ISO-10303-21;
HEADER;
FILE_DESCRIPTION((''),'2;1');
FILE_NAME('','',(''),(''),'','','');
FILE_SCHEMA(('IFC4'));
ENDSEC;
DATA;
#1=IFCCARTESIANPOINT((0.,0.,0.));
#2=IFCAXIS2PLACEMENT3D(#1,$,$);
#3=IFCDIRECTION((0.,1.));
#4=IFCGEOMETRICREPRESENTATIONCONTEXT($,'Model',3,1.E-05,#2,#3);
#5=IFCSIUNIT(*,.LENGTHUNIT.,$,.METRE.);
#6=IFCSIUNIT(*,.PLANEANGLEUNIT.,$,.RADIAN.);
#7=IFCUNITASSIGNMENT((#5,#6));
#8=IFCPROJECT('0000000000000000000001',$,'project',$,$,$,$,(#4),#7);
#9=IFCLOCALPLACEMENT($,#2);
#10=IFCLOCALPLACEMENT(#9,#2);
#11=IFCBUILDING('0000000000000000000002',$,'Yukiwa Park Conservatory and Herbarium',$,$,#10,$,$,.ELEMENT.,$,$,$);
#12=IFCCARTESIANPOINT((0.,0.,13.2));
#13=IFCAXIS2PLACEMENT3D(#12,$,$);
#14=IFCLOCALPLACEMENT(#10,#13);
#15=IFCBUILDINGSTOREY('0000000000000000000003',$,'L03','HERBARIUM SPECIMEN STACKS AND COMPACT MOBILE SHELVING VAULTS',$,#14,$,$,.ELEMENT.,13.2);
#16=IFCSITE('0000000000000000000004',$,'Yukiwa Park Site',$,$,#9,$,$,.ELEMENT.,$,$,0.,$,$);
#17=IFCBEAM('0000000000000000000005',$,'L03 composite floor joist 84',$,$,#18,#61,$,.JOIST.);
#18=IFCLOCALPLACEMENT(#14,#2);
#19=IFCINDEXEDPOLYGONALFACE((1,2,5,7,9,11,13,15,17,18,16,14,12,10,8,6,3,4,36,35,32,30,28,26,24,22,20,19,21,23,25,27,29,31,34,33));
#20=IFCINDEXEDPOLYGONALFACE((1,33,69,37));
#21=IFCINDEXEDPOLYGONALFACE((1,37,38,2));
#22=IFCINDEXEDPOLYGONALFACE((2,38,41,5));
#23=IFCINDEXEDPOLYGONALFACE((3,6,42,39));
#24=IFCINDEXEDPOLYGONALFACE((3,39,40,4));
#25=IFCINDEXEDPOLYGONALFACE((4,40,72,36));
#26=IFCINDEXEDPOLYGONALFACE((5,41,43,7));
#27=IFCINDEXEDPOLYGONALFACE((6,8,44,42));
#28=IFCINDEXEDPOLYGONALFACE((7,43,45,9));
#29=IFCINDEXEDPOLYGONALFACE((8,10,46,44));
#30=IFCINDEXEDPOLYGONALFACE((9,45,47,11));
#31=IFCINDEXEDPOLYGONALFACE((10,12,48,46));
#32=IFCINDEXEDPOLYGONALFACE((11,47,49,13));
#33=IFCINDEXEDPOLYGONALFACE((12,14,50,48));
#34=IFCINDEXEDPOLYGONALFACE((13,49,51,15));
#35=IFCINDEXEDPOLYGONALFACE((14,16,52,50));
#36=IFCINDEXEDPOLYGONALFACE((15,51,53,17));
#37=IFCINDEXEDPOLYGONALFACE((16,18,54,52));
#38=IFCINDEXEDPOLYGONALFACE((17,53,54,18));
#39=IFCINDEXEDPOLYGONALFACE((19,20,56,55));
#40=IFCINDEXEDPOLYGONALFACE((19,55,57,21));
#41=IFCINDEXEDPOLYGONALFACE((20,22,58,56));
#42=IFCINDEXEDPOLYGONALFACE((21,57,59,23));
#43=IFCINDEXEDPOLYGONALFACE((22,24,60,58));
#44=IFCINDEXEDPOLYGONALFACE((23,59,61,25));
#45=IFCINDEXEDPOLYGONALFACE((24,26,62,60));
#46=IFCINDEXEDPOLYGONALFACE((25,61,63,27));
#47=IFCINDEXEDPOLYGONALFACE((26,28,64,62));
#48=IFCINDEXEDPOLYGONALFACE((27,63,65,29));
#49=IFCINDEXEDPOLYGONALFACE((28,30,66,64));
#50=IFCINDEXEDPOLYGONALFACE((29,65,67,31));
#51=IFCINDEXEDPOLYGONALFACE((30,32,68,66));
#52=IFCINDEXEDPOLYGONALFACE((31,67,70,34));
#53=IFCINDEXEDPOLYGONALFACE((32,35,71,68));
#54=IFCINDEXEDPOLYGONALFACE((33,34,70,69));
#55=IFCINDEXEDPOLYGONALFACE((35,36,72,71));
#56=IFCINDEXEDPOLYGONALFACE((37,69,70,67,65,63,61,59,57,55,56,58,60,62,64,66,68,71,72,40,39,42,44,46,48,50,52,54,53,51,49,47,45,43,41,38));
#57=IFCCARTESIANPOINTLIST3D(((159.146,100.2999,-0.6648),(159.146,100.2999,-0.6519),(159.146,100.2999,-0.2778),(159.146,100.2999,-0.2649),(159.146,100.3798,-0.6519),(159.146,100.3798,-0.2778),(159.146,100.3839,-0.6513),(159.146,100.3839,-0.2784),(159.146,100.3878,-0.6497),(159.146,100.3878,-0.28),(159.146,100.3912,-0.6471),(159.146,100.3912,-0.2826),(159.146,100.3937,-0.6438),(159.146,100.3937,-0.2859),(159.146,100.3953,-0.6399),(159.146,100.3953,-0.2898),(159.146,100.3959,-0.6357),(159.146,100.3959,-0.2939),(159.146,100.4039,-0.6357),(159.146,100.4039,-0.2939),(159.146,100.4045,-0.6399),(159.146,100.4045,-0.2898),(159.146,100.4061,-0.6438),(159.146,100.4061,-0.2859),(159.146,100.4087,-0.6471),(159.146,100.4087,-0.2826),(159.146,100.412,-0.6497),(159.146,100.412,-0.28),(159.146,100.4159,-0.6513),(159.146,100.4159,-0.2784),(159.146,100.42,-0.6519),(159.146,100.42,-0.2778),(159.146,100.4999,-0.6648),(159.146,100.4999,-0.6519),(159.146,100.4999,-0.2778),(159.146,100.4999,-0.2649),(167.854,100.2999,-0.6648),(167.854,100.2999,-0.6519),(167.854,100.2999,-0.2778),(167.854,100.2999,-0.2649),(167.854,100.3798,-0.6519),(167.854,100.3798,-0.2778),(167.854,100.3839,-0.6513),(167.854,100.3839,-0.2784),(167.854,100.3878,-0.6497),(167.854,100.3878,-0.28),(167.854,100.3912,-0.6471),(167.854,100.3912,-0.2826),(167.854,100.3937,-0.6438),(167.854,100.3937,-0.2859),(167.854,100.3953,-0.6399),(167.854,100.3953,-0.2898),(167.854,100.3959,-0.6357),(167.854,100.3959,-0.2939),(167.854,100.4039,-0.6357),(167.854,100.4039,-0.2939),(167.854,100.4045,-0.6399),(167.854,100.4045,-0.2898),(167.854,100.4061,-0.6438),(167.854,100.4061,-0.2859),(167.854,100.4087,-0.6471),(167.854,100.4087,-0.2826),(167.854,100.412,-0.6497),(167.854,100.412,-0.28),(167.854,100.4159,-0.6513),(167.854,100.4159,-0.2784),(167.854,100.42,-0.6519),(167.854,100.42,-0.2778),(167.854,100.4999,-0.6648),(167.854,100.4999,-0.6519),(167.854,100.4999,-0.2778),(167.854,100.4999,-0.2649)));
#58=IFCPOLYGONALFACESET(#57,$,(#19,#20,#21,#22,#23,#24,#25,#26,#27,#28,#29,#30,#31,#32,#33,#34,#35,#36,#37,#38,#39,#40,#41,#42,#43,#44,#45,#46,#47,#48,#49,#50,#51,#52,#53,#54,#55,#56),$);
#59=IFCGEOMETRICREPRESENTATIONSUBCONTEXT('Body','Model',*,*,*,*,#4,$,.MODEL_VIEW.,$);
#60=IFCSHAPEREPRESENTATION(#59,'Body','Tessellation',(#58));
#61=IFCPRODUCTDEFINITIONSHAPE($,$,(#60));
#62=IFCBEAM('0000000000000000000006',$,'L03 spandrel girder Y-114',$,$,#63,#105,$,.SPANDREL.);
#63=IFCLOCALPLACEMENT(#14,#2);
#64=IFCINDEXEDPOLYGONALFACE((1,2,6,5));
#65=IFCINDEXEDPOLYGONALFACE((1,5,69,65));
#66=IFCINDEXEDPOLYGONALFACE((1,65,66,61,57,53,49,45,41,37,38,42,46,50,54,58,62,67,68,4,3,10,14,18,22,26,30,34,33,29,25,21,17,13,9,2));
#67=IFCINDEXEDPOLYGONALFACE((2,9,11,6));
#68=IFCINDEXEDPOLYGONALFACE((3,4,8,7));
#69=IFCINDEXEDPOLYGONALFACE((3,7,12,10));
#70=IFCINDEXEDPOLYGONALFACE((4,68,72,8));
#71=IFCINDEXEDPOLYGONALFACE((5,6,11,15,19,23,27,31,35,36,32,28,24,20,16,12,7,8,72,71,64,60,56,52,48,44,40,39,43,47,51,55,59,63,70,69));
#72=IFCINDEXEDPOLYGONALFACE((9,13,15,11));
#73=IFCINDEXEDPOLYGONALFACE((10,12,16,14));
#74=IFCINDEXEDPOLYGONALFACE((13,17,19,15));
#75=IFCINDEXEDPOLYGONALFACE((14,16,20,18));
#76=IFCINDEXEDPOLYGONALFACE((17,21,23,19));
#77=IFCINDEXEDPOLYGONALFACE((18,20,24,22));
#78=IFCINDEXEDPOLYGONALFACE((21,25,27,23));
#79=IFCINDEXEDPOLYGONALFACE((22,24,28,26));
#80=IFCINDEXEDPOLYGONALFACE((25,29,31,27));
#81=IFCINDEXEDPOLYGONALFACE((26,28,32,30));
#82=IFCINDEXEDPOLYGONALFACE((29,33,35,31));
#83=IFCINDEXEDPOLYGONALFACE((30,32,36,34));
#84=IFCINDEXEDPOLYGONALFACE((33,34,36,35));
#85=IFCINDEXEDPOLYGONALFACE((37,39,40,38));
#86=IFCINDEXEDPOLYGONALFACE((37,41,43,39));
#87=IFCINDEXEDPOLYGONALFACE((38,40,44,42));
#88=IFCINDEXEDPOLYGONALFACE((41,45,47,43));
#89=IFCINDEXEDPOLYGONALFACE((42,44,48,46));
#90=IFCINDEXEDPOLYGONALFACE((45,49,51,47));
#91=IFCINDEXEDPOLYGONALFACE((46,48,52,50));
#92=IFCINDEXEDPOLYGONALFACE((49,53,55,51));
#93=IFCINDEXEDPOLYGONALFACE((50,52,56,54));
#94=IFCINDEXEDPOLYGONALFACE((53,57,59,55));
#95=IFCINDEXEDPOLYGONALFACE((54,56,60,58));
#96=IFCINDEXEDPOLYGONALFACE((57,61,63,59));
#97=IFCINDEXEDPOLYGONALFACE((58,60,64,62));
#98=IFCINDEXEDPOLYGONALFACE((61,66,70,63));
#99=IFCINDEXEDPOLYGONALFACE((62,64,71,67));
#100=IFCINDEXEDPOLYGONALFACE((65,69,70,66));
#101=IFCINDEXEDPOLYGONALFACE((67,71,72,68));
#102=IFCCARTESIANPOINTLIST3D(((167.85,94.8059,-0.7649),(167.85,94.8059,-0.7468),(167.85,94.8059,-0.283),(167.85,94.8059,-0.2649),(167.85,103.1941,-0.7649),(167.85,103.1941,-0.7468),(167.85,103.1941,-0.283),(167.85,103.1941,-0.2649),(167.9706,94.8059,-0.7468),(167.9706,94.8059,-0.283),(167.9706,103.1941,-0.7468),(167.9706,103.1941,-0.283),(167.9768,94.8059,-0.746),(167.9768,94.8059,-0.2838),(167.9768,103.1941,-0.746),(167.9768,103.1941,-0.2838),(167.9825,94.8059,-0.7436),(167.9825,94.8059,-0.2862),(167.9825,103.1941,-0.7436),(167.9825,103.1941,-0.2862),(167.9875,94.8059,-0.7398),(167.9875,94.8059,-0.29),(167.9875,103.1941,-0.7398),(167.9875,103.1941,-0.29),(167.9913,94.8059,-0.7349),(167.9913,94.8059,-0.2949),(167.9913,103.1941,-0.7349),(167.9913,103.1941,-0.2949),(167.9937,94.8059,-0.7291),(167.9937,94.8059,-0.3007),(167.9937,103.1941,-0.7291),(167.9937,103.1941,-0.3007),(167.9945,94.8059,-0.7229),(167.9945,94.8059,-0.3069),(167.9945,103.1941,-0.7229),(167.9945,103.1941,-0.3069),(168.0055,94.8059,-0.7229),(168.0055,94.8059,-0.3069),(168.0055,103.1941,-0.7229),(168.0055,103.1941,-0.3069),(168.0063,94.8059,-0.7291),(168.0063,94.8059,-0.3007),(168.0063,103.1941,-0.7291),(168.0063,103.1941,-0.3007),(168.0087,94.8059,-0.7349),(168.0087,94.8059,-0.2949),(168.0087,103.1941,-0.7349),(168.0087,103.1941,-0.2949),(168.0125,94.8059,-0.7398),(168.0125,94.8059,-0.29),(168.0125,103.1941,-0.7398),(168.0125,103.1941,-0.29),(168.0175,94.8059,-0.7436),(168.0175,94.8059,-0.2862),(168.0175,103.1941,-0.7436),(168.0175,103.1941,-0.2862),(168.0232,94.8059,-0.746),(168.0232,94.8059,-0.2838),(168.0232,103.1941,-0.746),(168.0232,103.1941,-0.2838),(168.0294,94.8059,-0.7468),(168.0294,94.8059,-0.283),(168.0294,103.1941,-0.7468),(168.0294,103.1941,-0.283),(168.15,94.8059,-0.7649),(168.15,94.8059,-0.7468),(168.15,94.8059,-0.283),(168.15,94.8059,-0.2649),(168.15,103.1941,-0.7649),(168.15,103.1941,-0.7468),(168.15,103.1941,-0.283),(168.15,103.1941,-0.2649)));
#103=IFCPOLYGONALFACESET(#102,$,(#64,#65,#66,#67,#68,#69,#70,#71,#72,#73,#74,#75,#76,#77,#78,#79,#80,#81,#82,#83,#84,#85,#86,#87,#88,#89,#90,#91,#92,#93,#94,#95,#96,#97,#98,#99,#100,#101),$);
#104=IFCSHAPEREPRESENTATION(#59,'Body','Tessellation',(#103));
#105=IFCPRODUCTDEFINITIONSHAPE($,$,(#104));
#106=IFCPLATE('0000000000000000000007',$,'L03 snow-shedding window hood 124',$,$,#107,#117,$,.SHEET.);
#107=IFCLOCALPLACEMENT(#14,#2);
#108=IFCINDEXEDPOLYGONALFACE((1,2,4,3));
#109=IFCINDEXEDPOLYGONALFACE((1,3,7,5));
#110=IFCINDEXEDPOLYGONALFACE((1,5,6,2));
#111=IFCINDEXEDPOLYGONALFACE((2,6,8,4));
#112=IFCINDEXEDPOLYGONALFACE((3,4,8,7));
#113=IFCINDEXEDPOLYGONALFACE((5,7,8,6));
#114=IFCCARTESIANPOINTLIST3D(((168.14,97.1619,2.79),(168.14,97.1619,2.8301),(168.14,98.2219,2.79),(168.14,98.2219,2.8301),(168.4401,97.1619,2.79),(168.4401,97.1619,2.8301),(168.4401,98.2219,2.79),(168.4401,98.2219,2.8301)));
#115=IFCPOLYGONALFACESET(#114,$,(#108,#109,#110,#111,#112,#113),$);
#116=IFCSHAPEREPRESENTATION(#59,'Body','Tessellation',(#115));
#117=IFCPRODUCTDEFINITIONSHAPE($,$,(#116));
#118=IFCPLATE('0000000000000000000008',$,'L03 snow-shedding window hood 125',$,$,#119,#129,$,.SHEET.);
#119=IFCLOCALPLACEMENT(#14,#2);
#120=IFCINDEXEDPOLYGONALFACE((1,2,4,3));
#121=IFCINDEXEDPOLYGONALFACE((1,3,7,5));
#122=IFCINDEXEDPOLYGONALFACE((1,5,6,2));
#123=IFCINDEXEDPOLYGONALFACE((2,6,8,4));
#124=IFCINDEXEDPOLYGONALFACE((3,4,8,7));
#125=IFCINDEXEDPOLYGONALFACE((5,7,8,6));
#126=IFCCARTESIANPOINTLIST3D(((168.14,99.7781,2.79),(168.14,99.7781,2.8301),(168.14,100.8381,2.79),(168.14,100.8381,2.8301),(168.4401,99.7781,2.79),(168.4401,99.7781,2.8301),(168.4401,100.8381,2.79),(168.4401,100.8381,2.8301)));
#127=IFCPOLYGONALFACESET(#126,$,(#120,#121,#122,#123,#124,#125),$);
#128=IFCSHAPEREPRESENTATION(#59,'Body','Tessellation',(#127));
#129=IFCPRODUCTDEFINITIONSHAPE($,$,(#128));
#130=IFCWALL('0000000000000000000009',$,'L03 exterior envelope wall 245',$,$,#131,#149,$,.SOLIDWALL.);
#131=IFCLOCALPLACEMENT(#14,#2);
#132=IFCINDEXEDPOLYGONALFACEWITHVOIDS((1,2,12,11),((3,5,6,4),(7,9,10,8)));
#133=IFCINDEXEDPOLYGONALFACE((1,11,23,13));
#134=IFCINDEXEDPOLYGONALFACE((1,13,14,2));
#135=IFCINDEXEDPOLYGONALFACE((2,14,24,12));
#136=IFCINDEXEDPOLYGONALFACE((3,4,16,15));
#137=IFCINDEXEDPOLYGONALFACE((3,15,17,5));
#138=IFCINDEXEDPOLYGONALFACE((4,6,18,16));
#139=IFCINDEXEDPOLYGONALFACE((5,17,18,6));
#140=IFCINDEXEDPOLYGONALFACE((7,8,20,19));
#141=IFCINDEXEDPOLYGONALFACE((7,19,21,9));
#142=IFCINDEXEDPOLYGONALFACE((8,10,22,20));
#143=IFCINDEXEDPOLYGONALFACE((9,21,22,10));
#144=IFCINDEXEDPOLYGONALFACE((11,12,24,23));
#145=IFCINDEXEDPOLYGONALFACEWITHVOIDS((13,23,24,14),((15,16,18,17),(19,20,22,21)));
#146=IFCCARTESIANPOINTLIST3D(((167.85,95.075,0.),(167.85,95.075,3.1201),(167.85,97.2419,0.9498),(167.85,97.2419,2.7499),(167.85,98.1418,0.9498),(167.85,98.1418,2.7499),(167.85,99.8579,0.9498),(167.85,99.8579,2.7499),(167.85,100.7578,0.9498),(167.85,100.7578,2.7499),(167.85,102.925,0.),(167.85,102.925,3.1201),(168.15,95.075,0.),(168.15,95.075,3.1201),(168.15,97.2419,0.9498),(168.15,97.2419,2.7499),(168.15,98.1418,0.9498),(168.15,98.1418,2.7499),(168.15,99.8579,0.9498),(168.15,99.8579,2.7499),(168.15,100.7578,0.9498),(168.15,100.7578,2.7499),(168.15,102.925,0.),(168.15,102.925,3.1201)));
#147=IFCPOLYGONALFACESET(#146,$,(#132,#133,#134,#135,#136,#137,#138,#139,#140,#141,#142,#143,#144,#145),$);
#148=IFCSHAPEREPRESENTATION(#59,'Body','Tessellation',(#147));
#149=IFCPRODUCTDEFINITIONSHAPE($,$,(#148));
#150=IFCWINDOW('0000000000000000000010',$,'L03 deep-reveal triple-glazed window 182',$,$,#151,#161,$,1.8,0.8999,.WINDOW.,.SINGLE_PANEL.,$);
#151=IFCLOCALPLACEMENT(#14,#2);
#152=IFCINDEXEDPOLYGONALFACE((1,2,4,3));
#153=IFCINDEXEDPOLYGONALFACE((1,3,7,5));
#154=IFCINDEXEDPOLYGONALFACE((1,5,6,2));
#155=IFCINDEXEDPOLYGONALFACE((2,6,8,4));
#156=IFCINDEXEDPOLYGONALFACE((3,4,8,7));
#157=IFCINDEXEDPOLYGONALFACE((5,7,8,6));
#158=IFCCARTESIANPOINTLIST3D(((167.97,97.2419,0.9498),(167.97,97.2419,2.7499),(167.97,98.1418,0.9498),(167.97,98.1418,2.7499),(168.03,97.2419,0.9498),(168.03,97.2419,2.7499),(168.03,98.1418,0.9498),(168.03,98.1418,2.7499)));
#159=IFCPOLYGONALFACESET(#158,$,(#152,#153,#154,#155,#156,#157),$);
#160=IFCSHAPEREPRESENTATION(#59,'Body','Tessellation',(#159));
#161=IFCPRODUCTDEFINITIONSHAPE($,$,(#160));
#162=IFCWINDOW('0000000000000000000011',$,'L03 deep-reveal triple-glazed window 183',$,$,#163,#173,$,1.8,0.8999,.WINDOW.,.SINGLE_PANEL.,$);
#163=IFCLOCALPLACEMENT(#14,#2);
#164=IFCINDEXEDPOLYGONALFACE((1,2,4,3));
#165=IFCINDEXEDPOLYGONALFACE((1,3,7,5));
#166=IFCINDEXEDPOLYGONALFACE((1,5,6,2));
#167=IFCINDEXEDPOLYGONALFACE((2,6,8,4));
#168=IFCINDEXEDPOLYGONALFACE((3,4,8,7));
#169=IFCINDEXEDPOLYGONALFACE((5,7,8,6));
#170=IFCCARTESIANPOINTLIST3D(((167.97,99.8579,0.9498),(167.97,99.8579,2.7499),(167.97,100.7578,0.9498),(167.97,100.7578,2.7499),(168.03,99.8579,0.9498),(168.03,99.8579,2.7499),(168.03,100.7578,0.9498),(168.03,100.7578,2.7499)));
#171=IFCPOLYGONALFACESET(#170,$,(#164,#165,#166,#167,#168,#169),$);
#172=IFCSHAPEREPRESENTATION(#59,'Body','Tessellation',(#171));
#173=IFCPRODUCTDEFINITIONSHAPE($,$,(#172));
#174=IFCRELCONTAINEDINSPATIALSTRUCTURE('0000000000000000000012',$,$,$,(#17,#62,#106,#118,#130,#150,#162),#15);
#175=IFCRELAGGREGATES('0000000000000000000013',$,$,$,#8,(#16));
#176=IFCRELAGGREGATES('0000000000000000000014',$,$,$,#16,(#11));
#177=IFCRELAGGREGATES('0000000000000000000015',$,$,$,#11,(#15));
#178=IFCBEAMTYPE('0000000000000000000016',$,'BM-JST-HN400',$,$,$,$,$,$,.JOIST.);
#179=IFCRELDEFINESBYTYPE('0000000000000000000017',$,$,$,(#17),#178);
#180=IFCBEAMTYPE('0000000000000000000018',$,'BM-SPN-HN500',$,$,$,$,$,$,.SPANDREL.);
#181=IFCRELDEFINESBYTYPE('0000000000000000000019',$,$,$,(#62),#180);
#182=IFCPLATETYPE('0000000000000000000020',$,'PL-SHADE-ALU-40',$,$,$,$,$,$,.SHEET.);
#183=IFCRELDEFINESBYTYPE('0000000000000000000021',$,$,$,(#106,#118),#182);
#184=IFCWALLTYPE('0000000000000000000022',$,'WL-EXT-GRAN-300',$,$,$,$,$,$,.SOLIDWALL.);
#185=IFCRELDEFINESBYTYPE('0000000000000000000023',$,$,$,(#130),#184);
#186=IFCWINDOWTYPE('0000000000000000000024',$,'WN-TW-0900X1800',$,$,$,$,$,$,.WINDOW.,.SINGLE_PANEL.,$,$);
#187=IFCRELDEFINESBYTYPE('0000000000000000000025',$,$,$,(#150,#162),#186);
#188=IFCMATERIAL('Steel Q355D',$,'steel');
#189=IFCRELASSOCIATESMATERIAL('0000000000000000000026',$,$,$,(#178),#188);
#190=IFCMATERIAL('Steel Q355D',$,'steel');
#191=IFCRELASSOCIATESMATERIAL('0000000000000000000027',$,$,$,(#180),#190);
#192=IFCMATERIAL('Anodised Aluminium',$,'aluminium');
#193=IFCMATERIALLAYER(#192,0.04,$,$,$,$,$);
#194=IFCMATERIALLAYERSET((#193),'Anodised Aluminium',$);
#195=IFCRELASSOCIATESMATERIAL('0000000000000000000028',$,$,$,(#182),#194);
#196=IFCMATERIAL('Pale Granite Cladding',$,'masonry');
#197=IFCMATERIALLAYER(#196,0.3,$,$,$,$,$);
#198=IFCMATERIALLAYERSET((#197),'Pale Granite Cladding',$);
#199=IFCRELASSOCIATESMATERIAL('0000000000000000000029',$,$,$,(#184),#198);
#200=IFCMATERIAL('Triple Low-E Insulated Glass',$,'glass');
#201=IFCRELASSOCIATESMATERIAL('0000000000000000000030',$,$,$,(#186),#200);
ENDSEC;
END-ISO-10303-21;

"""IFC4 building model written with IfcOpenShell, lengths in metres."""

from ifc_helpers import new_model, si_unit, direction, frame, frame_2d, origin, origin_2d, place, context, subcontext, project, spatial, rectangle, i_section, extrude, material, layer, layer_set, material_profile, profile_set, type_object, element, fill, save


model = new_model("IFC4")

# Units and contexts
model_context = context("Model", 3, precision=1e-05, world=origin(), true_north=direction((0.0, 1.0)))
body_context = subcontext(model_context, "Body", "Model", "MODEL_VIEW")
ifc_project = project(units=[si_unit("LENGTHUNIT", "METRE"), si_unit("PLANEANGLEUNIT", "RADIAN")], contexts=[model_context])

# Site, building, storey
site_placement = place(None, origin())
site = spatial("IfcSite", under=ifc_project, at=site_placement, Name="Yukiwa Park Site", CompositionType="ELEMENT", RefElevation=0.0)
building_placement = place(site_placement, origin())
building = spatial("IfcBuilding", under=site, at=building_placement, Name="Yukiwa Park Conservatory and Herbarium", CompositionType="ELEMENT")
storey_placement = place(building_placement, frame((0.0, 0.0, 13.2)))
storey = spatial("IfcBuildingStorey", under=building, at=storey_placement, Name="L03", Description="HERBARIUM SPECIMEN STACKS AND COMPACT MOBILE SHELVING VAULTS", CompositionType="ELEMENT", Elevation=13.2)

# Beams
ifc_material_1 = material(Name="Steel Q355D", Category="steel")
ifc_material_profile_1 = material_profile(ifc_material_1, i_section(OverallWidth=0.2, OverallDepth=0.3999, WebThickness=0.0081, FlangeThickness=0.0129, FilletRadius=0.0161, at=origin_2d()), Name="HN 400x200x8x13")
ifc_profile_set_1 = profile_set([ifc_material_profile_1], Name="Steel Q355D")
beam_type_1 = type_object("IfcBeamType", Name="BM-JST-HN400", PredefinedType="JOIST", material=ifc_profile_set_1)
for number, where, z_axis, x_axis, name in (
    (1, (159.146, 100.3999, -0.4648), (1.0, 0.0, 0.0), (0.0, 1.0, 0.0), "L03 composite floor joist 84"),
):
    element("IfcBeam", number, at=place(storey_placement, frame(where, z_axis=z_axis, x_axis=x_axis)), inside=storey, type_object=beam_type_1, Name=name, PredefinedType="JOIST", context=body_context, shape_type="SweptSolid", body=[
        extrude(i_section(OverallWidth=0.2, OverallDepth=0.3999, WebThickness=0.0081, FlangeThickness=0.0129, FilletRadius=0.0161, at=origin_2d()), origin(), (0.0, 0.0, 1.0), 8.708),
    ])
ifc_material_2 = material(Name="Steel Q355D", Category="steel")
ifc_material_profile_2 = material_profile(ifc_material_2, i_section(OverallWidth=0.3, OverallDepth=0.5, WebThickness=0.011, FlangeThickness=0.0181, FilletRadius=0.0239, at=origin_2d()), Name="HM 500x300x11x18")
ifc_profile_set_2 = profile_set([ifc_material_profile_2], Name="Steel Q355D")
beam_type_2 = type_object("IfcBeamType", Name="BM-SPN-HN500", PredefinedType="SPANDREL", material=ifc_profile_set_2)
beam_1_placement = place(storey_placement, frame((168.0, 94.8059, -0.5149), z_axis=(0.0, 1.0, 0.0), x_axis=(-1.0, 0.0, 0.0)))
element("IfcBeam", 2, at=beam_1_placement, inside=storey, type_object=beam_type_2, Name="L03 spandrel girder Y-114", PredefinedType="SPANDREL", context=body_context, shape_type="SweptSolid", body=[
    extrude(i_section(OverallWidth=0.3, OverallDepth=0.5, WebThickness=0.011, FlangeThickness=0.0181, FilletRadius=0.0239, at=origin_2d()), origin(), (0.0, 0.0, 1.0), 8.3882),
])

# Plates
ifc_material_3 = material(Name="Anodised Aluminium", Category="aluminium")
ifc_layer_1 = layer(ifc_material_3, 0.04)
ifc_layer_set_1 = layer_set([ifc_layer_1], Name="Anodised Aluminium")
plate_type = type_object("IfcPlateType", Name="PL-SHADE-ALU-40", PredefinedType="SHEET", material=ifc_layer_set_1)
for number, where, z_axis, x_axis, name in (
    (3, (168.29, 97.6919, 2.79), (0.0, 0.0, 1.0), (0.0, 1.0, 0.0), "L03 snow-shedding window hood 124"),
    (4, (168.29, 100.3081, 2.79), (0.0, 0.0, 1.0), (0.0, 1.0, 0.0), "L03 snow-shedding window hood 125"),
):
    element("IfcPlate", number, at=place(storey_placement, frame(where, z_axis=z_axis, x_axis=x_axis)), inside=storey, type_object=plate_type, Name=name, PredefinedType="SHEET", context=body_context, shape_type="SweptSolid", body=[
        extrude(rectangle(XDim=1.0601, YDim=0.3, at=origin_2d()), origin(), (0.0, 0.0, 1.0), 0.04),
    ])

# Wall, openings, windows
ifc_material_4 = material(Name="Pale Granite Cladding", Category="masonry")
ifc_layer_2 = layer(ifc_material_4, 0.3)
ifc_layer_set_2 = layer_set([ifc_layer_2], Name="Pale Granite Cladding")
wall_type_1 = type_object("IfcWallType", Name="WL-EXT-GRAN-300", PredefinedType="SOLIDWALL", material=ifc_layer_set_2)
wall_1_placement = place(storey_placement, frame((168.0, 95.075, 0.0), z_axis=(0.0, 0.0, 1.0), x_axis=(0.0, 1.0, 0.0)))
wall_1 = element("IfcWall", 5, at=wall_1_placement, inside=storey, type_object=wall_type_1, Name="L03 exterior envelope wall 245", PredefinedType="SOLIDWALL", context=body_context, shape_type="SweptSolid", body=[
    extrude(rectangle(XDim=7.8501, YDim=0.3, at=frame_2d((3.925, 0.0))), origin(), (0.0, 0.0, 1.0), 3.1201),
])
opening_1_placement = place(wall_1_placement, frame((2.167, 0.0, 0.95)))
opening_1 = element("IfcOpeningElement", 6, at=opening_1_placement, cuts=wall_1, PredefinedType="OPENING", context=body_context, shape_type="SweptSolid", body=[
    extrude(rectangle(XDim=0.8999, YDim=1.8, at=frame_2d((0.45, 0.8999))), frame((0.0, 0.1602, 0.0), z_axis=(0.0, -1.0, 0.0), x_axis=(1.0, 0.0, 0.0)), (0.0, 0.0, 1.0), 0.3201),
])
opening_2_placement = place(wall_1_placement, frame((4.783, 0.0, 0.95)))
opening_2 = element("IfcOpeningElement", 7, at=opening_2_placement, cuts=wall_1, PredefinedType="OPENING", context=body_context, shape_type="SweptSolid", body=[
    extrude(rectangle(XDim=0.8999, YDim=1.8, at=frame_2d((0.45, 0.8999))), frame((0.0, 0.1602, 0.0), z_axis=(0.0, -1.0, 0.0), x_axis=(1.0, 0.0, 0.0)), (0.0, 0.0, 1.0), 0.3201),
])
ifc_material_5 = material(Name="Triple Low-E Insulated Glass", Category="glass")
window_type = type_object("IfcWindowType", Name="WN-TW-0900X1800", PartitioningType="SINGLE_PANEL", PredefinedType="WINDOW", material=ifc_material_5)
window_1_placement = place(opening_1_placement, origin())
window_1 = element("IfcWindow", 8, at=window_1_placement, inside=storey, type_object=window_type, Name="L03 deep-reveal triple-glazed window 182", OverallHeight=1.8, OverallWidth=0.8999, PartitioningType="SINGLE_PANEL", PredefinedType="WINDOW", context=body_context, shape_type="SweptSolid", body=[
    extrude(rectangle(XDim=0.8999, YDim=1.8, at=frame_2d((0.45, 0.8999))), frame((0.0, 0.03, 0.0), z_axis=(0.0, -1.0, 0.0), x_axis=(1.0, 0.0, 0.0)), (0.0, 0.0, 1.0), 0.0601),
])
fill(opening_1, window_1)
window_2_placement = place(opening_2_placement, origin())
window_2 = element("IfcWindow", 9, at=window_2_placement, inside=storey, type_object=window_type, Name="L03 deep-reveal triple-glazed window 183", OverallHeight=1.8, OverallWidth=0.8999, PartitioningType="SINGLE_PANEL", PredefinedType="WINDOW", context=body_context, shape_type="SweptSolid", body=[
    extrude(rectangle(XDim=0.8999, YDim=1.8, at=frame_2d((0.45, 0.8999))), frame((0.0, 0.03, 0.0), z_axis=(0.0, -1.0, 0.0), x_axis=(1.0, 0.0, 0.0)), (0.0, 0.0, 1.0), 0.0601),
])
fill(opening_2, window_2)

save(model, "model.ifc")
